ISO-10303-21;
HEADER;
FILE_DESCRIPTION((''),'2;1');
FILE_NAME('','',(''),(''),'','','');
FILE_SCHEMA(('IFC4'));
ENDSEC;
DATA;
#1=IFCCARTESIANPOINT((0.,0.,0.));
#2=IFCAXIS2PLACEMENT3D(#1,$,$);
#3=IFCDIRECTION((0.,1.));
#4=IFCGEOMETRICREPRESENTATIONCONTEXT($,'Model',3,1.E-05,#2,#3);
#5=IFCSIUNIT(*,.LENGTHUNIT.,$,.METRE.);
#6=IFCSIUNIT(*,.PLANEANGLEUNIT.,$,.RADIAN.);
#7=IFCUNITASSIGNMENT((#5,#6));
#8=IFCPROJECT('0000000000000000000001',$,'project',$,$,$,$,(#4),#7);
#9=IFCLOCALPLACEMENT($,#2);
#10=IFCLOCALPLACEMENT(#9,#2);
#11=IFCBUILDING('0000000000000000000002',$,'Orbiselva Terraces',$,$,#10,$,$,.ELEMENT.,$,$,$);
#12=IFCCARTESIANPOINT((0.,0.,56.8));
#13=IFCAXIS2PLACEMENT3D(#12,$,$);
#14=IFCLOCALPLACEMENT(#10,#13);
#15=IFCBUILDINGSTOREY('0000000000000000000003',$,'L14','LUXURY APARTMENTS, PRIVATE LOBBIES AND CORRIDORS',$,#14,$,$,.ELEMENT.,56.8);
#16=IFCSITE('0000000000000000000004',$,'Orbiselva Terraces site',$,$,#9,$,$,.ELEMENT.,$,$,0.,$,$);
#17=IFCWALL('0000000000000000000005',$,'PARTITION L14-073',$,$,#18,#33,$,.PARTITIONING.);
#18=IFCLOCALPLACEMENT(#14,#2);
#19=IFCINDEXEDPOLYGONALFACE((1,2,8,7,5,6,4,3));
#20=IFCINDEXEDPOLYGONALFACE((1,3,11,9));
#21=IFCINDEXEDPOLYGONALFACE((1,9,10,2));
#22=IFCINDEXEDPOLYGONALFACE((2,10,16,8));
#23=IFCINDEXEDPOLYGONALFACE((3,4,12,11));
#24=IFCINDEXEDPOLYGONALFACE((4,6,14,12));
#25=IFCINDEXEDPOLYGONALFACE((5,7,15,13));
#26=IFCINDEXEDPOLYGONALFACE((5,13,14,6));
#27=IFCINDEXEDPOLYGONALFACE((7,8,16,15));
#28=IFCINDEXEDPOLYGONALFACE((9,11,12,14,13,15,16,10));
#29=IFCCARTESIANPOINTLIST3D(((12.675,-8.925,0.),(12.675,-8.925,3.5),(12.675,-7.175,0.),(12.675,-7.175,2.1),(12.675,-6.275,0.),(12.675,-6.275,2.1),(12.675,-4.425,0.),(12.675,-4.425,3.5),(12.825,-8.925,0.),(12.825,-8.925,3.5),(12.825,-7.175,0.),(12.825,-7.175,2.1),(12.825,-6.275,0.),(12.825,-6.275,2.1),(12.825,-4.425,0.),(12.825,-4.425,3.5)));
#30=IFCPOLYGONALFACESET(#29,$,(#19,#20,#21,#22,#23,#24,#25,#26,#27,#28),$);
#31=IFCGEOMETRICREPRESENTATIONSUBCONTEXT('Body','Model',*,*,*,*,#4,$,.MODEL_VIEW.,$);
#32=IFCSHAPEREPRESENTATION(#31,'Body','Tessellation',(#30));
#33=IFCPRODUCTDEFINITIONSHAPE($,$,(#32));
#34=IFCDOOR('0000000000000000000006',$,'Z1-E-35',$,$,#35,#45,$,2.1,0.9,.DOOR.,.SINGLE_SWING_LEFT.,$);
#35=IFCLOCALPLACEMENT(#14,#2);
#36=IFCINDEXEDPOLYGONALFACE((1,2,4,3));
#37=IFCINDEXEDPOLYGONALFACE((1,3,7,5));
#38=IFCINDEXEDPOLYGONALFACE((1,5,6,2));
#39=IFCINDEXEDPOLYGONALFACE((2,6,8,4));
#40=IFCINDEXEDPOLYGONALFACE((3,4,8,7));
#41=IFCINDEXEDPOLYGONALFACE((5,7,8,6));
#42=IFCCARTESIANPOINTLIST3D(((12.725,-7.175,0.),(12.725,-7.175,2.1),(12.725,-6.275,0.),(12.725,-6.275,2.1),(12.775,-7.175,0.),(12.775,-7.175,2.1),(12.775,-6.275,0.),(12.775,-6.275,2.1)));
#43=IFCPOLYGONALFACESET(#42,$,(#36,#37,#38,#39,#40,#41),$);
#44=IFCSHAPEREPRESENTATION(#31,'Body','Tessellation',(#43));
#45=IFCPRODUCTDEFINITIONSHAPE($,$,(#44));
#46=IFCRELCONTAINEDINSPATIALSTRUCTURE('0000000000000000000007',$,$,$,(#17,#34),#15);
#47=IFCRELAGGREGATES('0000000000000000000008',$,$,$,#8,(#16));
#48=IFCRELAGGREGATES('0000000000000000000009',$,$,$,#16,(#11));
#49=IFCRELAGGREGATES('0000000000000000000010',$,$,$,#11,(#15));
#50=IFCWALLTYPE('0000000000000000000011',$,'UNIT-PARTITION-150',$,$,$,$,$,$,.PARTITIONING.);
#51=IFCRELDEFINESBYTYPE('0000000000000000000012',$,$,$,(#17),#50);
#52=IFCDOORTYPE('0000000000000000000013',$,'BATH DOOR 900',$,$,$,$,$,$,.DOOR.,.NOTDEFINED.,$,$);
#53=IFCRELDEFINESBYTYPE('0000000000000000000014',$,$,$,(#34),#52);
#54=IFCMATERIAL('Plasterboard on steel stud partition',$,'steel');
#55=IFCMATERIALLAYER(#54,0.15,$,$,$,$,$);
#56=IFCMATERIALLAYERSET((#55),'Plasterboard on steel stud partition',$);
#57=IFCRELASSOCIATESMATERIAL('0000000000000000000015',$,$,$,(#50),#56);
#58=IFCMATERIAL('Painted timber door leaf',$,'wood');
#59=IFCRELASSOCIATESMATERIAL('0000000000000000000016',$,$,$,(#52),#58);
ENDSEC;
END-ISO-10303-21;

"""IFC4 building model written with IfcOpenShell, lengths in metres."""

from ifc_helpers import new_model, si_unit, direction, frame, frame_2d, origin, place, context, subcontext, project, spatial, rectangle, extrude, material, layer, layer_set, type_object, element, fill, save


model = new_model("IFC4")

# Units and contexts
model_context = context("Model", 3, precision=1e-05, world=origin(), true_north=direction((0.0, 1.0)))
body_context = subcontext(model_context, "Body", "Model", "MODEL_VIEW")
ifc_project = project(units=[si_unit("LENGTHUNIT", "METRE"), si_unit("PLANEANGLEUNIT", "RADIAN")], contexts=[model_context])

# Site, building, storey
site_placement = place(None, origin())
site = spatial("IfcSite", under=ifc_project, at=site_placement, Name="Orbiselva Terraces site", CompositionType="ELEMENT", RefElevation=0.0)
building_placement = place(site_placement, origin())
building = spatial("IfcBuilding", under=site, at=building_placement, Name="Orbiselva Terraces", CompositionType="ELEMENT")
storey_placement = place(building_placement, frame((0.0, 0.0, 56.8)))
storey = spatial("IfcBuildingStorey", under=building, at=storey_placement, Name="L14", Description="LUXURY APARTMENTS, PRIVATE LOBBIES AND CORRIDORS", CompositionType="ELEMENT", Elevation=56.8)

# Shared definitions
ifc_material_1 = material(Name="Plasterboard on steel stud partition", Category="steel")

# Shared definitions
ifc_layer_1 = layer(ifc_material_1, 0.15)
ifc_layer_set_1 = layer_set([ifc_layer_1], Name="Plasterboard on steel stud partition")
wall_type_1 = type_object("IfcWallType", Name="UNIT-PARTITION-150", PredefinedType="PARTITIONING", material=ifc_layer_set_1)
ifc_material_2 = material(Name="Painted timber door leaf", Category="wood")
door_type_1 = type_object("IfcDoorType", Name="BATH DOOR 900", OperationType="NOTDEFINED", PredefinedType="DOOR", material=ifc_material_2)

# Wall, opening, door
wall_1_placement = place(storey_placement, frame((12.75, -8.925, 0.0), z_axis=(0.0, 0.0, 1.0), x_axis=(0.0, 1.0, 0.0)))
wall_1 = element("IfcWall", 1, at=wall_1_placement, inside=storey, type_object=wall_type_1, Name="PARTITION L14-073", PredefinedType="PARTITIONING", context=body_context, shape_type="SweptSolid", body=[
    extrude(rectangle(XDim=4.5, YDim=0.15, at=frame_2d((2.25, 0.0))), origin(), (0.0, 0.0, 1.0), 3.5),
])
opening_1_placement = place(wall_1_placement, frame((1.75, 0.0, 0.0)))
opening_1 = element("IfcOpeningElement", 2, at=opening_1_placement, cuts=wall_1, PredefinedType="OPENING", context=body_context, shape_type="SweptSolid", body=[
    extrude(rectangle(XDim=0.9, YDim=2.1, at=frame_2d((0.45, 1.05))), frame((0.0, 0.085, 0.0), z_axis=(0.0, -1.0, 0.0), x_axis=(1.0, 0.0, 0.0)), (0.0, 0.0, 1.0), 0.17),
])
door_1_placement = place(opening_1_placement, origin())
door_1 = element("IfcDoor", 3, at=door_1_placement, inside=storey, type_object=door_type_1, Name="Z1-E-35", OperationType="SINGLE_SWING_LEFT", OverallHeight=2.1, OverallWidth=0.9, PredefinedType="DOOR", context=body_context, shape_type="SweptSolid", body=[
    extrude(rectangle(XDim=0.9, YDim=2.1, at=frame_2d((0.45, 1.05))), frame((0.0, 0.025, 0.0), z_axis=(0.0, -1.0, 0.0), x_axis=(1.0, 0.0, 0.0)), (0.0, 0.0, 1.0), 0.05),
])
fill(opening_1, door_1)

save(model, "model.ifc")
